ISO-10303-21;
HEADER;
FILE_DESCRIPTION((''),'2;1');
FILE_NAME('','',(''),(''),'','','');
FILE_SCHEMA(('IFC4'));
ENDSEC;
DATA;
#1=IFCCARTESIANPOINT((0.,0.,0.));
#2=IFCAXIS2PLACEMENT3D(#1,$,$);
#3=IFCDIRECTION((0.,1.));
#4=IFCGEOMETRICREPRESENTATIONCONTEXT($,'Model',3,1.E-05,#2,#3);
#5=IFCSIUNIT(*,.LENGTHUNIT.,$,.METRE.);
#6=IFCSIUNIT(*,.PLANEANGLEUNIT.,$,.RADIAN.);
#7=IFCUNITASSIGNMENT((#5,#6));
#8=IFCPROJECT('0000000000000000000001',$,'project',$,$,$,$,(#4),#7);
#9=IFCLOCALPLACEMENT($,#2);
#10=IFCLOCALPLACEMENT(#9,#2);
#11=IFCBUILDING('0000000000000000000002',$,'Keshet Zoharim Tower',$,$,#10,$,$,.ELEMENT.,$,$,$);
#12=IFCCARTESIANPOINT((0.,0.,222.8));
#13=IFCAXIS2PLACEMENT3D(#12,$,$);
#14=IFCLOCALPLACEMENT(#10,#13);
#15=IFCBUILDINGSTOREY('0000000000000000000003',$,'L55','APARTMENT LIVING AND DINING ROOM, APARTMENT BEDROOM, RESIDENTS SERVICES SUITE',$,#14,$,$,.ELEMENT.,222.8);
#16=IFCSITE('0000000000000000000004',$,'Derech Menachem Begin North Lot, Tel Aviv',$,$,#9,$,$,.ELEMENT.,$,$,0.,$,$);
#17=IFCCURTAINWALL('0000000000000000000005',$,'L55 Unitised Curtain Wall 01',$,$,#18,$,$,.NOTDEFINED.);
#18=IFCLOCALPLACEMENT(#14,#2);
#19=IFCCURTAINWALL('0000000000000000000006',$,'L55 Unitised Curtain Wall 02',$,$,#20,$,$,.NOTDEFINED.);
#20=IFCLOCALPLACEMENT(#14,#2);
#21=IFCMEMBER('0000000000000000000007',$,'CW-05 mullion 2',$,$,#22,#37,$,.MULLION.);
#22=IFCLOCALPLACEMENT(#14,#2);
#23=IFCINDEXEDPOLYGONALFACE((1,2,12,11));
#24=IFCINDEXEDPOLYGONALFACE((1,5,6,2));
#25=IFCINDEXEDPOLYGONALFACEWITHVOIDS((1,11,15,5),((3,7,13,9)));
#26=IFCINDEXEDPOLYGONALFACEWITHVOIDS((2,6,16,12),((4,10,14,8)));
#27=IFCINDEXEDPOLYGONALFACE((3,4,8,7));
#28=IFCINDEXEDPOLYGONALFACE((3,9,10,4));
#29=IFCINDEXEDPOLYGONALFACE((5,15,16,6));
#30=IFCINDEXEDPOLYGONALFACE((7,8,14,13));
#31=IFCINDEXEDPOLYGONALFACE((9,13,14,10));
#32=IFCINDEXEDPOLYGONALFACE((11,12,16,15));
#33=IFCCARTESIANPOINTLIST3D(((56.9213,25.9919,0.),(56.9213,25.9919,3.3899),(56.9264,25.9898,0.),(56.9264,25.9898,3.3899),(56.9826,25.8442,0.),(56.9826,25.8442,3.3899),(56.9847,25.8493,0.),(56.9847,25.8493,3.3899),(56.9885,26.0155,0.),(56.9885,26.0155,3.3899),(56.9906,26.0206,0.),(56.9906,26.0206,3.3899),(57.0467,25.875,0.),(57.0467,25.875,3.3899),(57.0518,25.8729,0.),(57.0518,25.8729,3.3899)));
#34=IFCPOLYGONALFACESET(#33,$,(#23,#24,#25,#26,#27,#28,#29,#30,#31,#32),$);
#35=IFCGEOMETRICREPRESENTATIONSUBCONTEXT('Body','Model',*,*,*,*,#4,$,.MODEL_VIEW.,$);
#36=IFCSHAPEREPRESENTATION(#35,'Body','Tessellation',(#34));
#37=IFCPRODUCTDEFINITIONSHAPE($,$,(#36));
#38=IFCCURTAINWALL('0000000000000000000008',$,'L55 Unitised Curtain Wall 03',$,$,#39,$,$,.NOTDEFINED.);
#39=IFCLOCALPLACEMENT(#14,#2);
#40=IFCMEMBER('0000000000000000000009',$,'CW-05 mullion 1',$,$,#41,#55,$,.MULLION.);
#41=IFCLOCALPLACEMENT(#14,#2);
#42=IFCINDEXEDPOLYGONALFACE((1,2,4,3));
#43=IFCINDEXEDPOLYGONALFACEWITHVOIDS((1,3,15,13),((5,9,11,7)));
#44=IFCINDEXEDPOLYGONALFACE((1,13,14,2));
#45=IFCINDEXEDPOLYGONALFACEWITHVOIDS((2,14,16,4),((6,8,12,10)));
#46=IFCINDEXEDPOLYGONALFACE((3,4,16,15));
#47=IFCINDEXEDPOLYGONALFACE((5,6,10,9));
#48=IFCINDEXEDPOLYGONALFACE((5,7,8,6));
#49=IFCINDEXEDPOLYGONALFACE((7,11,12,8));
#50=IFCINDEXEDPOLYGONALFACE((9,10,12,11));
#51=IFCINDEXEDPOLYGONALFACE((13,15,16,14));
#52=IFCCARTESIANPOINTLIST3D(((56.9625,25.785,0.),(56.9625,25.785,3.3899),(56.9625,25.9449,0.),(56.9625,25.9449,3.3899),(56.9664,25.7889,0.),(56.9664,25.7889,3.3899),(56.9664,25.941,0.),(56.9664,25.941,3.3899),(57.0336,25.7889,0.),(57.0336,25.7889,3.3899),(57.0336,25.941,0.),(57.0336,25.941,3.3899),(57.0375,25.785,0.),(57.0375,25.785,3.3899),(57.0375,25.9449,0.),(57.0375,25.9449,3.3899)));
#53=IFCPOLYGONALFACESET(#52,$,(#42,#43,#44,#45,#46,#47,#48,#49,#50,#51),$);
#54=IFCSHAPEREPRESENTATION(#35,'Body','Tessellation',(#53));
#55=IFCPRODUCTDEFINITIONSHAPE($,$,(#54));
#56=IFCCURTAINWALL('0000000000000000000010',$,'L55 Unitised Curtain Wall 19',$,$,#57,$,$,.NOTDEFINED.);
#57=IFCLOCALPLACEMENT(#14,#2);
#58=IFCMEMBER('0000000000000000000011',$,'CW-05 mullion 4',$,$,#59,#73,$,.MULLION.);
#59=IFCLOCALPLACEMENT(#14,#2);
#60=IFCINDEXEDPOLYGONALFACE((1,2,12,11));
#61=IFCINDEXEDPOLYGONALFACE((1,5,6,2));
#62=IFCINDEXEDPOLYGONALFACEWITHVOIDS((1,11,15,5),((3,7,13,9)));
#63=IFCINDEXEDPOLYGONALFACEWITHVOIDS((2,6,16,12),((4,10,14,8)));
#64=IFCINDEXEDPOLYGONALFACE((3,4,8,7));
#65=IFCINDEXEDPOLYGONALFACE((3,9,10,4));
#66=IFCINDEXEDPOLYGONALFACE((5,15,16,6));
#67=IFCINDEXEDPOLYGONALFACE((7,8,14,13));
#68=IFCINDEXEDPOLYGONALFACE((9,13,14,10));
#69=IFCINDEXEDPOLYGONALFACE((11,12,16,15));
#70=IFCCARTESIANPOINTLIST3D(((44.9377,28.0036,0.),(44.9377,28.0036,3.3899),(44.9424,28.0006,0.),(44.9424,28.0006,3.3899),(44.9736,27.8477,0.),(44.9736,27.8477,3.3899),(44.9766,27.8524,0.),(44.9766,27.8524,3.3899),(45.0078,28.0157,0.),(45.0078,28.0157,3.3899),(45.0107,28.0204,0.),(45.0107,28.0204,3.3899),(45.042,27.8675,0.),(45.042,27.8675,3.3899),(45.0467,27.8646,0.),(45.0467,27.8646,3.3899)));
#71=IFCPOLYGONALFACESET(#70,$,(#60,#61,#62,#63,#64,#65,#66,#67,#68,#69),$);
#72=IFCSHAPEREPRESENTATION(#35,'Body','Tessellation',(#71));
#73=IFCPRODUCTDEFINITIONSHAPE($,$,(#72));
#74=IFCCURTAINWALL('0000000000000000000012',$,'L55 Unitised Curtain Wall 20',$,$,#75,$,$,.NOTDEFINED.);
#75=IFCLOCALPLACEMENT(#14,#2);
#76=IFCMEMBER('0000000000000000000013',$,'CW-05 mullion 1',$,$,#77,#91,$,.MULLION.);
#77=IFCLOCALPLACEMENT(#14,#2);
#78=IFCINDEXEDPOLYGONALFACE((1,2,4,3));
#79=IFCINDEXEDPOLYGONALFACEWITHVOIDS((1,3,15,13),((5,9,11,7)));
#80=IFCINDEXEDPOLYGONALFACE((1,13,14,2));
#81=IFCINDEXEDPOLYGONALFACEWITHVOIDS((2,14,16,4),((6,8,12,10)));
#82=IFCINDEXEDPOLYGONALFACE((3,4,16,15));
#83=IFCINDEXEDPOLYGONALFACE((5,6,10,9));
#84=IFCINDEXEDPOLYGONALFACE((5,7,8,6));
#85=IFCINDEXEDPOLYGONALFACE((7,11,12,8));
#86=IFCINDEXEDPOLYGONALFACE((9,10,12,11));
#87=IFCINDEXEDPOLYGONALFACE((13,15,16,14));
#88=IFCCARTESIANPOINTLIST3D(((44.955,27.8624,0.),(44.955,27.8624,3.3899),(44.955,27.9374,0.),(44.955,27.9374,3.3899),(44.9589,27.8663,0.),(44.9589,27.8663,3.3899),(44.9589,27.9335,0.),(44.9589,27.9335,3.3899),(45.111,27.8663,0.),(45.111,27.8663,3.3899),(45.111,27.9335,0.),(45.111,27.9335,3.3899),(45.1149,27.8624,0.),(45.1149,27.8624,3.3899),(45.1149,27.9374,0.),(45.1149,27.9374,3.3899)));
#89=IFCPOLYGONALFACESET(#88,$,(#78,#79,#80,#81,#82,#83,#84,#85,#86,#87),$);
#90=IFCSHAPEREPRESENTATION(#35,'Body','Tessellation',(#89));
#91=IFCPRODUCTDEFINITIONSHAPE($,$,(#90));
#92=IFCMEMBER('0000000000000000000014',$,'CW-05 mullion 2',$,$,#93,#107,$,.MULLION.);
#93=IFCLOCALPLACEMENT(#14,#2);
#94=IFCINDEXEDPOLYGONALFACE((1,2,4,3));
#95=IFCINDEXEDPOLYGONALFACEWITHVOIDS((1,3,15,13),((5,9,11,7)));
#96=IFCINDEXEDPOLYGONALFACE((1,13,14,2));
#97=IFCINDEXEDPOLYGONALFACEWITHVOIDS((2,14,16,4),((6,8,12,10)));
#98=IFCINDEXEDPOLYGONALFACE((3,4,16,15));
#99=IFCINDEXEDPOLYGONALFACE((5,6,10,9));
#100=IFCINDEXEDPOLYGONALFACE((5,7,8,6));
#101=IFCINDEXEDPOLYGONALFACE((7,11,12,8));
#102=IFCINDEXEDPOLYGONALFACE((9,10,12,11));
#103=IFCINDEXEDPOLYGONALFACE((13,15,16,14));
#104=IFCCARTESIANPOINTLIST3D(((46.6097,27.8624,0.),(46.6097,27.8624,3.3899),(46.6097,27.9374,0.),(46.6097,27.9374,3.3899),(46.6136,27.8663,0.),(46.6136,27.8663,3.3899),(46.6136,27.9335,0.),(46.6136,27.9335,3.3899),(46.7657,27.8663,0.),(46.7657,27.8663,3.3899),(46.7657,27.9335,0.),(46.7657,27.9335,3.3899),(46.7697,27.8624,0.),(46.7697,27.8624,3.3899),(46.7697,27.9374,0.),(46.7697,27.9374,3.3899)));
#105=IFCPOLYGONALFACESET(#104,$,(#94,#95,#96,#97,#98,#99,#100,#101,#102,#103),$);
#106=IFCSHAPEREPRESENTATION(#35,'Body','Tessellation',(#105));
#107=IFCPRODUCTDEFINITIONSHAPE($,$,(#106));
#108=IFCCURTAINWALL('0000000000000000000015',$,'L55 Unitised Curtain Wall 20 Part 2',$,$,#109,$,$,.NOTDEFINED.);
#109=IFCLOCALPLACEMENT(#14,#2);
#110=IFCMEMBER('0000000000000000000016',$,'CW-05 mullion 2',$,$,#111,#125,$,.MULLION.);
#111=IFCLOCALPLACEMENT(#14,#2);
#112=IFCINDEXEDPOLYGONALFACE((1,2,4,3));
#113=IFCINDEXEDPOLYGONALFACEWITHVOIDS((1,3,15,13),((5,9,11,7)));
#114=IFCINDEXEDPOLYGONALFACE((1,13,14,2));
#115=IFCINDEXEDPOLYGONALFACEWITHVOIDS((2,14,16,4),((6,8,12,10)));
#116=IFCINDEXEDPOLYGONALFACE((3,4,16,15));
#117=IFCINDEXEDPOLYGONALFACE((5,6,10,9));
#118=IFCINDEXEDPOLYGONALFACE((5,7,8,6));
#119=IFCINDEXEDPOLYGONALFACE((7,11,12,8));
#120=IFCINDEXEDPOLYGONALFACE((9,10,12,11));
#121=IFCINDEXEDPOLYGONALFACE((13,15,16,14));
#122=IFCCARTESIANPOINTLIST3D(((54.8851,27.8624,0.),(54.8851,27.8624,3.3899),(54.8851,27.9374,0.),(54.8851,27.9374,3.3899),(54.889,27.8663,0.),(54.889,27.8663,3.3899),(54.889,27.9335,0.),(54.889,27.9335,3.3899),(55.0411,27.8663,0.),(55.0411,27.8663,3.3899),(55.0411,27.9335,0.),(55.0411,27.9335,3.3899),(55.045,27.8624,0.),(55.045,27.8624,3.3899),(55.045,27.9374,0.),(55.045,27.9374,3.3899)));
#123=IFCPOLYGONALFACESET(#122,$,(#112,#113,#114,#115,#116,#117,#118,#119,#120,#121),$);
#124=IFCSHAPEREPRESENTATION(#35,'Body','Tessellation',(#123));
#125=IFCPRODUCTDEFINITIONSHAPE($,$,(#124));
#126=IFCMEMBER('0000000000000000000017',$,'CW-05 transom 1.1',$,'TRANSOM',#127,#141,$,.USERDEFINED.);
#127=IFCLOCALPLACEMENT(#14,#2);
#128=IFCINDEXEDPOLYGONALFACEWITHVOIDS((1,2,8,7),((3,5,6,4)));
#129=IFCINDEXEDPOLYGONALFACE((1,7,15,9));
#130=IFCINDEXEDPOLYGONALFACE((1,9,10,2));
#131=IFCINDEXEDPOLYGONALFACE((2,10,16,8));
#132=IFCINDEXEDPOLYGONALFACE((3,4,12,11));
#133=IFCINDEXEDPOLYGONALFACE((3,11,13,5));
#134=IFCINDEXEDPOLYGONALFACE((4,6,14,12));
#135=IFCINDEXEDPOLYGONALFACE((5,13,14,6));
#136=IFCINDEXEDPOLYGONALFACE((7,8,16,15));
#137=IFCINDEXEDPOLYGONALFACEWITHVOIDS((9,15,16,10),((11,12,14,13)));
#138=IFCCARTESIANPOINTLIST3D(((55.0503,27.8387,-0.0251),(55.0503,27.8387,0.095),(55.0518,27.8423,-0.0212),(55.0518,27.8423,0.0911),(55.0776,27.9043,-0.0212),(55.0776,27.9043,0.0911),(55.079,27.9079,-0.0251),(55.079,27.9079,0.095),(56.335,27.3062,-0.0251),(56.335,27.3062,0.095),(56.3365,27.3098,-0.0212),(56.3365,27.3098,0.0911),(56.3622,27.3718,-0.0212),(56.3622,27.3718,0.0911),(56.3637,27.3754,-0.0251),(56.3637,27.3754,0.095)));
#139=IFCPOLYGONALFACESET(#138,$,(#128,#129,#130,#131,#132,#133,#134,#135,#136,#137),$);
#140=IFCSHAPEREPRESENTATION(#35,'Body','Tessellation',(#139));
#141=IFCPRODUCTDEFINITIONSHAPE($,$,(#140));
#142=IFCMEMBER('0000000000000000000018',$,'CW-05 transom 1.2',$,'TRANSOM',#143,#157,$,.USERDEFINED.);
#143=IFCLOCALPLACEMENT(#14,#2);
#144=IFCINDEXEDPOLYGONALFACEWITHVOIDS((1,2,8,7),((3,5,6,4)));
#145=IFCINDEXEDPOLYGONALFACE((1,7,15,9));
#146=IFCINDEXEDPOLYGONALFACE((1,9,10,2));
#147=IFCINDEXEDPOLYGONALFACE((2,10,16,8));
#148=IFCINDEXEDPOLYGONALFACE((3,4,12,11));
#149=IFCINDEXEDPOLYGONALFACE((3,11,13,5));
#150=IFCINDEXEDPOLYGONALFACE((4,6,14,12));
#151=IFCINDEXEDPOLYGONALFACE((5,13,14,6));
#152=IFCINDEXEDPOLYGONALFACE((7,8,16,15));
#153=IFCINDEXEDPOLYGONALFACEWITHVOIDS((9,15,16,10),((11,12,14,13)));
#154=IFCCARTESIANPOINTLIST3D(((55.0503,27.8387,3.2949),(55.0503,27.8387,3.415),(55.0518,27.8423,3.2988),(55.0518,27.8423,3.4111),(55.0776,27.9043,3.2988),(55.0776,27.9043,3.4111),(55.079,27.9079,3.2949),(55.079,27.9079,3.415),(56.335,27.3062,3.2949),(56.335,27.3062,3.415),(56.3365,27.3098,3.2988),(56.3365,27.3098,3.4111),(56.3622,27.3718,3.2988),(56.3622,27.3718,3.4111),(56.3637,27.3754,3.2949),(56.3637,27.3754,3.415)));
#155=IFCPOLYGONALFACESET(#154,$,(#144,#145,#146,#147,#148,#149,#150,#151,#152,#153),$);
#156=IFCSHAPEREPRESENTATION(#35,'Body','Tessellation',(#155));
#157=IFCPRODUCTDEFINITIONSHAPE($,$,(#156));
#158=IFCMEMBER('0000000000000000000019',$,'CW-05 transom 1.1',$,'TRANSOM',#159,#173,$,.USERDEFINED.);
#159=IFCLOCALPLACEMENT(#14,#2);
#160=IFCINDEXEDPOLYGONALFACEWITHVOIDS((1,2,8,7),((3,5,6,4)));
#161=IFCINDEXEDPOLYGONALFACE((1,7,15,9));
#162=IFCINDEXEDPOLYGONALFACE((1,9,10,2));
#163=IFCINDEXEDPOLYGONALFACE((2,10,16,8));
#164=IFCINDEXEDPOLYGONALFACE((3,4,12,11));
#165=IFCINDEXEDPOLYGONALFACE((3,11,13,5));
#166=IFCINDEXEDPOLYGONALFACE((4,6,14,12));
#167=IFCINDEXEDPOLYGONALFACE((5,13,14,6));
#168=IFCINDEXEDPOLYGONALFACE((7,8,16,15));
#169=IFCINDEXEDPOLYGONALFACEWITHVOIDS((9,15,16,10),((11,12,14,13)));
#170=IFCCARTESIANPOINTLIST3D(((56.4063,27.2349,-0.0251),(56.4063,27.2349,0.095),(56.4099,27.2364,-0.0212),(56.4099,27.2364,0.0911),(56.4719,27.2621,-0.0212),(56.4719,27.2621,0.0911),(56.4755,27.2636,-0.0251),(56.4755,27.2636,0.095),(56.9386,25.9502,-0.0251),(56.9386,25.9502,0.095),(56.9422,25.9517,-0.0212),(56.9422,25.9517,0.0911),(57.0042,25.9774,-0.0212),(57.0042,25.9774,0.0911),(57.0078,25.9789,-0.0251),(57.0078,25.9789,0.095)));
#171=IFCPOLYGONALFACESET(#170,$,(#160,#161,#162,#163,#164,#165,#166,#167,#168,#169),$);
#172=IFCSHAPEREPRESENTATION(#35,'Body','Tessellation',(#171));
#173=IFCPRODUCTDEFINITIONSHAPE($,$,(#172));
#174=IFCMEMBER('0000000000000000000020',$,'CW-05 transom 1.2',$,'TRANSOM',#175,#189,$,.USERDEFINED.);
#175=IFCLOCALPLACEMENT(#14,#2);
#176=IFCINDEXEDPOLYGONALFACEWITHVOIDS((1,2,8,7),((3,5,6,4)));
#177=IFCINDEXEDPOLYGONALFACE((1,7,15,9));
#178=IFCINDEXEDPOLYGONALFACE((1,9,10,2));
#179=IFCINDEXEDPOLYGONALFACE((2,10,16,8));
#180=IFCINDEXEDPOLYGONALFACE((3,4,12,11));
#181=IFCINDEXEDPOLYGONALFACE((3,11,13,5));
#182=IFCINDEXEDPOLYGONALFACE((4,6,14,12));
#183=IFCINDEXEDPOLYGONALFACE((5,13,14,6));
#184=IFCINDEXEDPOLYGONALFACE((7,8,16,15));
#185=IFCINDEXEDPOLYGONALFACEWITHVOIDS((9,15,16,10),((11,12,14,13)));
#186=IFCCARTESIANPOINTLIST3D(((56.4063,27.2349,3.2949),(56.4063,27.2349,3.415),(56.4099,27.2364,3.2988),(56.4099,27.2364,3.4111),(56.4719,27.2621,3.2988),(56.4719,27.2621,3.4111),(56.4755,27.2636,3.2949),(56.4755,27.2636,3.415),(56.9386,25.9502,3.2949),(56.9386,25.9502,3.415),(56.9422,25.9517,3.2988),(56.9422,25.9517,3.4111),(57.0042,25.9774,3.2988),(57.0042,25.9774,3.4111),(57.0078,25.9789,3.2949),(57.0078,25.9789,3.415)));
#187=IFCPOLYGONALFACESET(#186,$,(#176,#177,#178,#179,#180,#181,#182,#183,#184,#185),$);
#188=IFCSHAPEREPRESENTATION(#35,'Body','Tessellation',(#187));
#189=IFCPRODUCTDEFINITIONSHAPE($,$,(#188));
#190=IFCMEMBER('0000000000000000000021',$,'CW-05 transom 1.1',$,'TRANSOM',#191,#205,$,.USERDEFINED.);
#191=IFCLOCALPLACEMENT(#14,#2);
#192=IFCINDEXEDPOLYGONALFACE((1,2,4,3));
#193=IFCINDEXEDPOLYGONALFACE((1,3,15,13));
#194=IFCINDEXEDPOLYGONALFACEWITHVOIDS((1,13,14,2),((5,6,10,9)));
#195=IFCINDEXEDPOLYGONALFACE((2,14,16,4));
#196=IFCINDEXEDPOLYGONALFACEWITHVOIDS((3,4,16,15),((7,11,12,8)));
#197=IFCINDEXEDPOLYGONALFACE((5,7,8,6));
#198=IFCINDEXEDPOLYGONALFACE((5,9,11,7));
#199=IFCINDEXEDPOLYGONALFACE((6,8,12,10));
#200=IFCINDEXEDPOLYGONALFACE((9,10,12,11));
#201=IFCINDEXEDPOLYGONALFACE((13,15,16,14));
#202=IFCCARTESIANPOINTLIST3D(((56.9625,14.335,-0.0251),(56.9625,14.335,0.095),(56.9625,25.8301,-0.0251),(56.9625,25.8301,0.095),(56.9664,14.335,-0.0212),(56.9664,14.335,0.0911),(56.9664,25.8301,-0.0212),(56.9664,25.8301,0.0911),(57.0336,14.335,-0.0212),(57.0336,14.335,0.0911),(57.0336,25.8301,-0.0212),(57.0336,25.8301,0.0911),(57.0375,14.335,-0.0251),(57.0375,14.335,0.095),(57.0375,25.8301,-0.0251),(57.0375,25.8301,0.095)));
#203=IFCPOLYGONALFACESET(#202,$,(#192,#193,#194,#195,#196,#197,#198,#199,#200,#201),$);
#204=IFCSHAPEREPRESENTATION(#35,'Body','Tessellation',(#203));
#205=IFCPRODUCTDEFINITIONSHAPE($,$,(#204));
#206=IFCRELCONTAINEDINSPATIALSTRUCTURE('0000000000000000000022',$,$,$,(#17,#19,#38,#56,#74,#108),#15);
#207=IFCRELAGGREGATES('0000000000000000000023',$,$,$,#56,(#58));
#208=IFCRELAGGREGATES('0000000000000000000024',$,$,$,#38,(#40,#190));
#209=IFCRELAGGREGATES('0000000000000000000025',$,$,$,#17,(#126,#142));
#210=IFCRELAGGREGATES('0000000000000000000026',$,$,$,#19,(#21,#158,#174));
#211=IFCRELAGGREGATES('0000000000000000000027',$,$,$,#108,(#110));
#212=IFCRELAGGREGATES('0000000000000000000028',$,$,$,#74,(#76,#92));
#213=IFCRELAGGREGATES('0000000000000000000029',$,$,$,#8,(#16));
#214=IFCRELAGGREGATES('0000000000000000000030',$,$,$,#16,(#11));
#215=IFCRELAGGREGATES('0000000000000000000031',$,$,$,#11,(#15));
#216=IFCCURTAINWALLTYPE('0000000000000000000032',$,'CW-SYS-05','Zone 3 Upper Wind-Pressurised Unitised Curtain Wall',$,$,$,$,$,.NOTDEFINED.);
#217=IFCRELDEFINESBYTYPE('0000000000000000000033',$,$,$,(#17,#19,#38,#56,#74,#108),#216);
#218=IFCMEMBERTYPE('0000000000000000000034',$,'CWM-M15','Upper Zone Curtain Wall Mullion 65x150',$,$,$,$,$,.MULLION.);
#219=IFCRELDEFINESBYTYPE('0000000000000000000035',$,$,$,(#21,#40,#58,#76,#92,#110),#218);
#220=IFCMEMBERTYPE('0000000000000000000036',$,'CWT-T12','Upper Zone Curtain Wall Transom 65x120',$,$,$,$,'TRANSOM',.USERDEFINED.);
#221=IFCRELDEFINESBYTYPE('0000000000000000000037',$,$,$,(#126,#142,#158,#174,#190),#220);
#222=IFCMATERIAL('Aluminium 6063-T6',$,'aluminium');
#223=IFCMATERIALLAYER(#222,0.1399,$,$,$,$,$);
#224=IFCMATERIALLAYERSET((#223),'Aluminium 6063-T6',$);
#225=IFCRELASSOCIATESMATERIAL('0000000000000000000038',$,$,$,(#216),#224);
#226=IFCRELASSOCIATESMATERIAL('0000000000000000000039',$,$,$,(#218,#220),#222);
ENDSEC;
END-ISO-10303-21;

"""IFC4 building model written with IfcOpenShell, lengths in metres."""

from ifc_helpers import new_model, si_unit, direction, frame, origin, origin_2d, place, context, subcontext, project, spatial, hollow_rectangle, extrude, material, layer, layer_set, material_profile, profile_set, type_object, element, aggregate, save


model = new_model("IFC4")

# Units and contexts
model_context = context("Model", 3, precision=1e-05, world=origin(), true_north=direction((0.0, 1.0)))
body_context = subcontext(model_context, "Body", "Model", "MODEL_VIEW")
ifc_project = project(units=[si_unit("LENGTHUNIT", "METRE"), si_unit("PLANEANGLEUNIT", "RADIAN")], contexts=[model_context])

# Site, building, storey
site_placement = place(None, origin())
site = spatial("IfcSite", under=ifc_project, at=site_placement, Name="Derech Menachem Begin North Lot, Tel Aviv", CompositionType="ELEMENT", RefElevation=0.0)
building_placement = place(site_placement, origin())
building = spatial("IfcBuilding", under=site, at=building_placement, Name="Keshet Zoharim Tower", CompositionType="ELEMENT")
storey_placement = place(building_placement, frame((0.0, 0.0, 222.8)))
storey = spatial("IfcBuildingStorey", under=building, at=storey_placement, Name="L55", Description="APARTMENT LIVING AND DINING ROOM, APARTMENT BEDROOM, RESIDENTS SERVICES SUITE", CompositionType="ELEMENT", Elevation=222.8)

# Curtain walls, member
ifc_material_1 = material(Name="Aluminium 6063-T6", Category="aluminium")
ifc_layer_1 = layer(ifc_material_1, 0.1399)
ifc_layer_set_1 = layer_set([ifc_layer_1], Name="Aluminium 6063-T6")
curtain_wall_type = type_object("IfcCurtainWallType", Name="CW-SYS-05", Description="Zone 3 Upper Wind-Pressurised Unitised Curtain Wall", PredefinedType="NOTDEFINED", material=ifc_layer_set_1)
curtain_wall_1_placement = place(storey_placement, origin())
curtain_wall_1 = element("IfcCurtainWall", 1, at=curtain_wall_1_placement, inside=storey, type_object=curtain_wall_type, Name="L55 Unitised Curtain Wall 01", PredefinedType="NOTDEFINED")
ifc_material_profile_1 = material_profile(ifc_material_1, hollow_rectangle(XDim=0.075, YDim=0.1599, WallThickness=0.0039, at=origin_2d()), Name="MUL-75x160")
ifc_profile_set_1 = profile_set([ifc_material_profile_1], Name="Aluminium 6063-T6")
member_type_1 = type_object("IfcMemberType", Name="CWM-M15", Description="Upper Zone Curtain Wall Mullion 65x150", PredefinedType="MULLION", material=ifc_profile_set_1)
curtain_wall_2_placement = place(storey_placement, origin())
curtain_wall_2 = element("IfcCurtainWall", 2, at=curtain_wall_2_placement, inside=storey, type_object=curtain_wall_type, Name="L55 Unitised Curtain Wall 02", PredefinedType="NOTDEFINED")
member_1_placement = place(storey_placement, frame((56.9866, 25.9324, 0.0), z_axis=(0.0, 0.0, 1.0), x_axis=(0.92381, 0.382852, 0.0)))
member_1 = element("IfcMember", 3, at=member_1_placement, type_object=member_type_1, Name="CW-05 mullion 2", PredefinedType="MULLION", context=body_context, shape_type="SweptSolid", body=[
    extrude(hollow_rectangle(XDim=0.075, YDim=0.1599, WallThickness=0.0039, at=origin_2d()), origin(), (0.0, 0.0, 1.0), 3.3899),
])

# Curtain walls, members
curtain_wall_3_placement = place(storey_placement, origin())
curtain_wall_3 = element("IfcCurtainWall", 4, at=curtain_wall_3_placement, inside=storey, type_object=curtain_wall_type, Name="L55 Unitised Curtain Wall 03", PredefinedType="NOTDEFINED")
member_2_placement = place(storey_placement, frame((57.0, 25.865, 0.0), z_axis=(0.0, 0.0, 1.0), x_axis=(1.0, 0.0, 0.0)))
member_2 = element("IfcMember", 5, at=member_2_placement, type_object=member_type_1, Name="CW-05 mullion 1", PredefinedType="MULLION", context=body_context, shape_type="SweptSolid", body=[
    extrude(hollow_rectangle(XDim=0.075, YDim=0.1599, WallThickness=0.0039, at=origin_2d()), origin(), (0.0, 0.0, 1.0), 3.3899),
])
curtain_wall_4_placement = place(storey_placement, origin())
curtain_wall_4 = element("IfcCurtainWall", 6, at=curtain_wall_4_placement, inside=storey, type_object=curtain_wall_type, Name="L55 Unitised Curtain Wall 19", PredefinedType="NOTDEFINED")
member_3_placement = place(storey_placement, frame((44.9922, 27.9341, 0.0), z_axis=(0.0, 0.0, 1.0), x_axis=(0.974394, 0.224848, 0.0)))
member_3 = element("IfcMember", 7, at=member_3_placement, type_object=member_type_1, Name="CW-05 mullion 4", PredefinedType="MULLION", context=body_context, shape_type="SweptSolid", body=[
    extrude(hollow_rectangle(XDim=0.075, YDim=0.1599, WallThickness=0.0039, at=origin_2d()), origin(), (0.0, 0.0, 1.0), 3.3899),
])
aggregate(curtain_wall_4, [member_3])

# Curtain wall, members
curtain_wall_5_placement = place(storey_placement, origin())
curtain_wall_5 = element("IfcCurtainWall", 8, at=curtain_wall_5_placement, inside=storey, type_object=curtain_wall_type, Name="L55 Unitised Curtain Wall 20", PredefinedType="NOTDEFINED")
member_4_placement = place(storey_placement, frame((45.0349, 27.8999, 0.0), z_axis=(0.0, 0.0, 1.0), x_axis=(0.0, 1.0, 0.0)))
member_4 = element("IfcMember", 9, at=member_4_placement, type_object=member_type_1, Name="CW-05 mullion 1", PredefinedType="MULLION", context=body_context, shape_type="SweptSolid", body=[
    extrude(hollow_rectangle(XDim=0.075, YDim=0.1599, WallThickness=0.0039, at=origin_2d()), origin(), (0.0, 0.0, 1.0), 3.3899),
])
member_5_placement = place(storey_placement, frame((46.6897, 27.8999, 0.0), z_axis=(0.0, 0.0, 1.0), x_axis=(0.0, 1.0, 0.0)))
member_5 = element("IfcMember", 10, at=member_5_placement, type_object=member_type_1, Name="CW-05 mullion 2", PredefinedType="MULLION", context=body_context, shape_type="SweptSolid", body=[
    extrude(hollow_rectangle(XDim=0.075, YDim=0.1599, WallThickness=0.0039, at=origin_2d()), origin(), (0.0, 0.0, 1.0), 3.3899),
])

# Curtain wall, member
curtain_wall_6_placement = place(storey_placement, origin())
curtain_wall_6 = element("IfcCurtainWall", 11, at=curtain_wall_6_placement, inside=storey, type_object=curtain_wall_type, Name="L55 Unitised Curtain Wall 20 Part 2", PredefinedType="NOTDEFINED")
member_6_placement = place(storey_placement, frame((54.9651, 27.8999, 0.0), z_axis=(0.0, 0.0, 1.0), x_axis=(0.0, 1.0, 0.0)))
member_6 = element("IfcMember", 12, at=member_6_placement, type_object=member_type_1, Name="CW-05 mullion 2", PredefinedType="MULLION", context=body_context, shape_type="SweptSolid", body=[
    extrude(hollow_rectangle(XDim=0.075, YDim=0.1599, WallThickness=0.0039, at=origin_2d()), origin(), (0.0, 0.0, 1.0), 3.3899),
])

# Members
ifc_material_profile_2 = material_profile(ifc_material_1, hollow_rectangle(XDim=0.075, YDim=0.1201, WallThickness=0.0039, at=origin_2d()), Name="TRN-75x120")
ifc_profile_set_2 = profile_set([ifc_material_profile_2], Name="Aluminium 6063-T6")
member_type_2 = type_object("IfcMemberType", Name="CWT-T12", Description="Upper Zone Curtain Wall Transom 65x120", ElementType="TRANSOM", PredefinedType="USERDEFINED", material=ifc_profile_set_2)
member_7_placement = place(storey_placement, frame((55.0647, 27.8733, 0.0349), z_axis=(0.923792, -0.382894, 0.0), x_axis=(0.382894, 0.923792, 0.0)))
member_7 = element("IfcMember", 13, at=member_7_placement, type_object=member_type_2, Name="CW-05 transom 1.1", ObjectType="TRANSOM", PredefinedType="USERDEFINED", context=body_context, shape_type="SweptSolid", body=[
    extrude(hollow_rectangle(XDim=0.075, YDim=0.1201, WallThickness=0.0039, at=origin_2d()), origin(), (0.0, 0.0, 1.0), 1.3906),
])
member_8_placement = place(storey_placement, frame((55.0647, 27.8733, 3.355), z_axis=(0.923792, -0.382894, 0.0), x_axis=(0.382894, 0.923792, 0.0)))
member_8 = element("IfcMember", 14, at=member_8_placement, type_object=member_type_2, Name="CW-05 transom 1.2", ObjectType="TRANSOM", PredefinedType="USERDEFINED", context=body_context, shape_type="SweptSolid", body=[
    extrude(hollow_rectangle(XDim=0.075, YDim=0.1201, WallThickness=0.0039, at=origin_2d()), origin(), (0.0, 0.0, 1.0), 1.3906),
])
member_9_placement = place(storey_placement, frame((56.4409, 27.2493, 0.0349), z_axis=(0.382745, -0.923854, 0.0), x_axis=(0.923854, 0.382745, 0.0)))
member_9 = element("IfcMember", 15, at=member_9_placement, type_object=member_type_2, Name="CW-05 transom 1.1", ObjectType="TRANSOM", PredefinedType="USERDEFINED", context=body_context, shape_type="SweptSolid", body=[
    extrude(hollow_rectangle(XDim=0.075, YDim=0.1201, WallThickness=0.0039, at=origin_2d()), origin(), (0.0, 0.0, 1.0), 1.3906),
])
member_10_placement = place(storey_placement, frame((56.4409, 27.2493, 3.355), z_axis=(0.382745, -0.923854, 0.0), x_axis=(0.923854, 0.382745, 0.0)))
member_10 = element("IfcMember", 16, at=member_10_placement, type_object=member_type_2, Name="CW-05 transom 1.2", ObjectType="TRANSOM", PredefinedType="USERDEFINED", context=body_context, shape_type="SweptSolid", body=[
    extrude(hollow_rectangle(XDim=0.075, YDim=0.1201, WallThickness=0.0039, at=origin_2d()), origin(), (0.0, 0.0, 1.0), 1.3906),
])
member_11_placement = place(storey_placement, frame((57.0, 25.8301, 0.0349), z_axis=(0.0, -1.0, 0.0), x_axis=(1.0, 0.0, 0.0)))
member_11 = element("IfcMember", 17, at=member_11_placement, type_object=member_type_2, Name="CW-05 transom 1.1", ObjectType="TRANSOM", PredefinedType="USERDEFINED", context=body_context, shape_type="SweptSolid", body=[
    extrude(hollow_rectangle(XDim=0.075, YDim=0.1201, WallThickness=0.0039, at=origin_2d()), origin(), (0.0, 0.0, 1.0), 11.4951),
])
aggregate(curtain_wall_3, [member_2, member_11])

aggregate(curtain_wall_1, [member_7, member_8])
aggregate(curtain_wall_2, [member_1, member_9, member_10])
aggregate(curtain_wall_6, [member_6])
aggregate(curtain_wall_5, [member_4, member_5])

save(model, "model.ifc")
